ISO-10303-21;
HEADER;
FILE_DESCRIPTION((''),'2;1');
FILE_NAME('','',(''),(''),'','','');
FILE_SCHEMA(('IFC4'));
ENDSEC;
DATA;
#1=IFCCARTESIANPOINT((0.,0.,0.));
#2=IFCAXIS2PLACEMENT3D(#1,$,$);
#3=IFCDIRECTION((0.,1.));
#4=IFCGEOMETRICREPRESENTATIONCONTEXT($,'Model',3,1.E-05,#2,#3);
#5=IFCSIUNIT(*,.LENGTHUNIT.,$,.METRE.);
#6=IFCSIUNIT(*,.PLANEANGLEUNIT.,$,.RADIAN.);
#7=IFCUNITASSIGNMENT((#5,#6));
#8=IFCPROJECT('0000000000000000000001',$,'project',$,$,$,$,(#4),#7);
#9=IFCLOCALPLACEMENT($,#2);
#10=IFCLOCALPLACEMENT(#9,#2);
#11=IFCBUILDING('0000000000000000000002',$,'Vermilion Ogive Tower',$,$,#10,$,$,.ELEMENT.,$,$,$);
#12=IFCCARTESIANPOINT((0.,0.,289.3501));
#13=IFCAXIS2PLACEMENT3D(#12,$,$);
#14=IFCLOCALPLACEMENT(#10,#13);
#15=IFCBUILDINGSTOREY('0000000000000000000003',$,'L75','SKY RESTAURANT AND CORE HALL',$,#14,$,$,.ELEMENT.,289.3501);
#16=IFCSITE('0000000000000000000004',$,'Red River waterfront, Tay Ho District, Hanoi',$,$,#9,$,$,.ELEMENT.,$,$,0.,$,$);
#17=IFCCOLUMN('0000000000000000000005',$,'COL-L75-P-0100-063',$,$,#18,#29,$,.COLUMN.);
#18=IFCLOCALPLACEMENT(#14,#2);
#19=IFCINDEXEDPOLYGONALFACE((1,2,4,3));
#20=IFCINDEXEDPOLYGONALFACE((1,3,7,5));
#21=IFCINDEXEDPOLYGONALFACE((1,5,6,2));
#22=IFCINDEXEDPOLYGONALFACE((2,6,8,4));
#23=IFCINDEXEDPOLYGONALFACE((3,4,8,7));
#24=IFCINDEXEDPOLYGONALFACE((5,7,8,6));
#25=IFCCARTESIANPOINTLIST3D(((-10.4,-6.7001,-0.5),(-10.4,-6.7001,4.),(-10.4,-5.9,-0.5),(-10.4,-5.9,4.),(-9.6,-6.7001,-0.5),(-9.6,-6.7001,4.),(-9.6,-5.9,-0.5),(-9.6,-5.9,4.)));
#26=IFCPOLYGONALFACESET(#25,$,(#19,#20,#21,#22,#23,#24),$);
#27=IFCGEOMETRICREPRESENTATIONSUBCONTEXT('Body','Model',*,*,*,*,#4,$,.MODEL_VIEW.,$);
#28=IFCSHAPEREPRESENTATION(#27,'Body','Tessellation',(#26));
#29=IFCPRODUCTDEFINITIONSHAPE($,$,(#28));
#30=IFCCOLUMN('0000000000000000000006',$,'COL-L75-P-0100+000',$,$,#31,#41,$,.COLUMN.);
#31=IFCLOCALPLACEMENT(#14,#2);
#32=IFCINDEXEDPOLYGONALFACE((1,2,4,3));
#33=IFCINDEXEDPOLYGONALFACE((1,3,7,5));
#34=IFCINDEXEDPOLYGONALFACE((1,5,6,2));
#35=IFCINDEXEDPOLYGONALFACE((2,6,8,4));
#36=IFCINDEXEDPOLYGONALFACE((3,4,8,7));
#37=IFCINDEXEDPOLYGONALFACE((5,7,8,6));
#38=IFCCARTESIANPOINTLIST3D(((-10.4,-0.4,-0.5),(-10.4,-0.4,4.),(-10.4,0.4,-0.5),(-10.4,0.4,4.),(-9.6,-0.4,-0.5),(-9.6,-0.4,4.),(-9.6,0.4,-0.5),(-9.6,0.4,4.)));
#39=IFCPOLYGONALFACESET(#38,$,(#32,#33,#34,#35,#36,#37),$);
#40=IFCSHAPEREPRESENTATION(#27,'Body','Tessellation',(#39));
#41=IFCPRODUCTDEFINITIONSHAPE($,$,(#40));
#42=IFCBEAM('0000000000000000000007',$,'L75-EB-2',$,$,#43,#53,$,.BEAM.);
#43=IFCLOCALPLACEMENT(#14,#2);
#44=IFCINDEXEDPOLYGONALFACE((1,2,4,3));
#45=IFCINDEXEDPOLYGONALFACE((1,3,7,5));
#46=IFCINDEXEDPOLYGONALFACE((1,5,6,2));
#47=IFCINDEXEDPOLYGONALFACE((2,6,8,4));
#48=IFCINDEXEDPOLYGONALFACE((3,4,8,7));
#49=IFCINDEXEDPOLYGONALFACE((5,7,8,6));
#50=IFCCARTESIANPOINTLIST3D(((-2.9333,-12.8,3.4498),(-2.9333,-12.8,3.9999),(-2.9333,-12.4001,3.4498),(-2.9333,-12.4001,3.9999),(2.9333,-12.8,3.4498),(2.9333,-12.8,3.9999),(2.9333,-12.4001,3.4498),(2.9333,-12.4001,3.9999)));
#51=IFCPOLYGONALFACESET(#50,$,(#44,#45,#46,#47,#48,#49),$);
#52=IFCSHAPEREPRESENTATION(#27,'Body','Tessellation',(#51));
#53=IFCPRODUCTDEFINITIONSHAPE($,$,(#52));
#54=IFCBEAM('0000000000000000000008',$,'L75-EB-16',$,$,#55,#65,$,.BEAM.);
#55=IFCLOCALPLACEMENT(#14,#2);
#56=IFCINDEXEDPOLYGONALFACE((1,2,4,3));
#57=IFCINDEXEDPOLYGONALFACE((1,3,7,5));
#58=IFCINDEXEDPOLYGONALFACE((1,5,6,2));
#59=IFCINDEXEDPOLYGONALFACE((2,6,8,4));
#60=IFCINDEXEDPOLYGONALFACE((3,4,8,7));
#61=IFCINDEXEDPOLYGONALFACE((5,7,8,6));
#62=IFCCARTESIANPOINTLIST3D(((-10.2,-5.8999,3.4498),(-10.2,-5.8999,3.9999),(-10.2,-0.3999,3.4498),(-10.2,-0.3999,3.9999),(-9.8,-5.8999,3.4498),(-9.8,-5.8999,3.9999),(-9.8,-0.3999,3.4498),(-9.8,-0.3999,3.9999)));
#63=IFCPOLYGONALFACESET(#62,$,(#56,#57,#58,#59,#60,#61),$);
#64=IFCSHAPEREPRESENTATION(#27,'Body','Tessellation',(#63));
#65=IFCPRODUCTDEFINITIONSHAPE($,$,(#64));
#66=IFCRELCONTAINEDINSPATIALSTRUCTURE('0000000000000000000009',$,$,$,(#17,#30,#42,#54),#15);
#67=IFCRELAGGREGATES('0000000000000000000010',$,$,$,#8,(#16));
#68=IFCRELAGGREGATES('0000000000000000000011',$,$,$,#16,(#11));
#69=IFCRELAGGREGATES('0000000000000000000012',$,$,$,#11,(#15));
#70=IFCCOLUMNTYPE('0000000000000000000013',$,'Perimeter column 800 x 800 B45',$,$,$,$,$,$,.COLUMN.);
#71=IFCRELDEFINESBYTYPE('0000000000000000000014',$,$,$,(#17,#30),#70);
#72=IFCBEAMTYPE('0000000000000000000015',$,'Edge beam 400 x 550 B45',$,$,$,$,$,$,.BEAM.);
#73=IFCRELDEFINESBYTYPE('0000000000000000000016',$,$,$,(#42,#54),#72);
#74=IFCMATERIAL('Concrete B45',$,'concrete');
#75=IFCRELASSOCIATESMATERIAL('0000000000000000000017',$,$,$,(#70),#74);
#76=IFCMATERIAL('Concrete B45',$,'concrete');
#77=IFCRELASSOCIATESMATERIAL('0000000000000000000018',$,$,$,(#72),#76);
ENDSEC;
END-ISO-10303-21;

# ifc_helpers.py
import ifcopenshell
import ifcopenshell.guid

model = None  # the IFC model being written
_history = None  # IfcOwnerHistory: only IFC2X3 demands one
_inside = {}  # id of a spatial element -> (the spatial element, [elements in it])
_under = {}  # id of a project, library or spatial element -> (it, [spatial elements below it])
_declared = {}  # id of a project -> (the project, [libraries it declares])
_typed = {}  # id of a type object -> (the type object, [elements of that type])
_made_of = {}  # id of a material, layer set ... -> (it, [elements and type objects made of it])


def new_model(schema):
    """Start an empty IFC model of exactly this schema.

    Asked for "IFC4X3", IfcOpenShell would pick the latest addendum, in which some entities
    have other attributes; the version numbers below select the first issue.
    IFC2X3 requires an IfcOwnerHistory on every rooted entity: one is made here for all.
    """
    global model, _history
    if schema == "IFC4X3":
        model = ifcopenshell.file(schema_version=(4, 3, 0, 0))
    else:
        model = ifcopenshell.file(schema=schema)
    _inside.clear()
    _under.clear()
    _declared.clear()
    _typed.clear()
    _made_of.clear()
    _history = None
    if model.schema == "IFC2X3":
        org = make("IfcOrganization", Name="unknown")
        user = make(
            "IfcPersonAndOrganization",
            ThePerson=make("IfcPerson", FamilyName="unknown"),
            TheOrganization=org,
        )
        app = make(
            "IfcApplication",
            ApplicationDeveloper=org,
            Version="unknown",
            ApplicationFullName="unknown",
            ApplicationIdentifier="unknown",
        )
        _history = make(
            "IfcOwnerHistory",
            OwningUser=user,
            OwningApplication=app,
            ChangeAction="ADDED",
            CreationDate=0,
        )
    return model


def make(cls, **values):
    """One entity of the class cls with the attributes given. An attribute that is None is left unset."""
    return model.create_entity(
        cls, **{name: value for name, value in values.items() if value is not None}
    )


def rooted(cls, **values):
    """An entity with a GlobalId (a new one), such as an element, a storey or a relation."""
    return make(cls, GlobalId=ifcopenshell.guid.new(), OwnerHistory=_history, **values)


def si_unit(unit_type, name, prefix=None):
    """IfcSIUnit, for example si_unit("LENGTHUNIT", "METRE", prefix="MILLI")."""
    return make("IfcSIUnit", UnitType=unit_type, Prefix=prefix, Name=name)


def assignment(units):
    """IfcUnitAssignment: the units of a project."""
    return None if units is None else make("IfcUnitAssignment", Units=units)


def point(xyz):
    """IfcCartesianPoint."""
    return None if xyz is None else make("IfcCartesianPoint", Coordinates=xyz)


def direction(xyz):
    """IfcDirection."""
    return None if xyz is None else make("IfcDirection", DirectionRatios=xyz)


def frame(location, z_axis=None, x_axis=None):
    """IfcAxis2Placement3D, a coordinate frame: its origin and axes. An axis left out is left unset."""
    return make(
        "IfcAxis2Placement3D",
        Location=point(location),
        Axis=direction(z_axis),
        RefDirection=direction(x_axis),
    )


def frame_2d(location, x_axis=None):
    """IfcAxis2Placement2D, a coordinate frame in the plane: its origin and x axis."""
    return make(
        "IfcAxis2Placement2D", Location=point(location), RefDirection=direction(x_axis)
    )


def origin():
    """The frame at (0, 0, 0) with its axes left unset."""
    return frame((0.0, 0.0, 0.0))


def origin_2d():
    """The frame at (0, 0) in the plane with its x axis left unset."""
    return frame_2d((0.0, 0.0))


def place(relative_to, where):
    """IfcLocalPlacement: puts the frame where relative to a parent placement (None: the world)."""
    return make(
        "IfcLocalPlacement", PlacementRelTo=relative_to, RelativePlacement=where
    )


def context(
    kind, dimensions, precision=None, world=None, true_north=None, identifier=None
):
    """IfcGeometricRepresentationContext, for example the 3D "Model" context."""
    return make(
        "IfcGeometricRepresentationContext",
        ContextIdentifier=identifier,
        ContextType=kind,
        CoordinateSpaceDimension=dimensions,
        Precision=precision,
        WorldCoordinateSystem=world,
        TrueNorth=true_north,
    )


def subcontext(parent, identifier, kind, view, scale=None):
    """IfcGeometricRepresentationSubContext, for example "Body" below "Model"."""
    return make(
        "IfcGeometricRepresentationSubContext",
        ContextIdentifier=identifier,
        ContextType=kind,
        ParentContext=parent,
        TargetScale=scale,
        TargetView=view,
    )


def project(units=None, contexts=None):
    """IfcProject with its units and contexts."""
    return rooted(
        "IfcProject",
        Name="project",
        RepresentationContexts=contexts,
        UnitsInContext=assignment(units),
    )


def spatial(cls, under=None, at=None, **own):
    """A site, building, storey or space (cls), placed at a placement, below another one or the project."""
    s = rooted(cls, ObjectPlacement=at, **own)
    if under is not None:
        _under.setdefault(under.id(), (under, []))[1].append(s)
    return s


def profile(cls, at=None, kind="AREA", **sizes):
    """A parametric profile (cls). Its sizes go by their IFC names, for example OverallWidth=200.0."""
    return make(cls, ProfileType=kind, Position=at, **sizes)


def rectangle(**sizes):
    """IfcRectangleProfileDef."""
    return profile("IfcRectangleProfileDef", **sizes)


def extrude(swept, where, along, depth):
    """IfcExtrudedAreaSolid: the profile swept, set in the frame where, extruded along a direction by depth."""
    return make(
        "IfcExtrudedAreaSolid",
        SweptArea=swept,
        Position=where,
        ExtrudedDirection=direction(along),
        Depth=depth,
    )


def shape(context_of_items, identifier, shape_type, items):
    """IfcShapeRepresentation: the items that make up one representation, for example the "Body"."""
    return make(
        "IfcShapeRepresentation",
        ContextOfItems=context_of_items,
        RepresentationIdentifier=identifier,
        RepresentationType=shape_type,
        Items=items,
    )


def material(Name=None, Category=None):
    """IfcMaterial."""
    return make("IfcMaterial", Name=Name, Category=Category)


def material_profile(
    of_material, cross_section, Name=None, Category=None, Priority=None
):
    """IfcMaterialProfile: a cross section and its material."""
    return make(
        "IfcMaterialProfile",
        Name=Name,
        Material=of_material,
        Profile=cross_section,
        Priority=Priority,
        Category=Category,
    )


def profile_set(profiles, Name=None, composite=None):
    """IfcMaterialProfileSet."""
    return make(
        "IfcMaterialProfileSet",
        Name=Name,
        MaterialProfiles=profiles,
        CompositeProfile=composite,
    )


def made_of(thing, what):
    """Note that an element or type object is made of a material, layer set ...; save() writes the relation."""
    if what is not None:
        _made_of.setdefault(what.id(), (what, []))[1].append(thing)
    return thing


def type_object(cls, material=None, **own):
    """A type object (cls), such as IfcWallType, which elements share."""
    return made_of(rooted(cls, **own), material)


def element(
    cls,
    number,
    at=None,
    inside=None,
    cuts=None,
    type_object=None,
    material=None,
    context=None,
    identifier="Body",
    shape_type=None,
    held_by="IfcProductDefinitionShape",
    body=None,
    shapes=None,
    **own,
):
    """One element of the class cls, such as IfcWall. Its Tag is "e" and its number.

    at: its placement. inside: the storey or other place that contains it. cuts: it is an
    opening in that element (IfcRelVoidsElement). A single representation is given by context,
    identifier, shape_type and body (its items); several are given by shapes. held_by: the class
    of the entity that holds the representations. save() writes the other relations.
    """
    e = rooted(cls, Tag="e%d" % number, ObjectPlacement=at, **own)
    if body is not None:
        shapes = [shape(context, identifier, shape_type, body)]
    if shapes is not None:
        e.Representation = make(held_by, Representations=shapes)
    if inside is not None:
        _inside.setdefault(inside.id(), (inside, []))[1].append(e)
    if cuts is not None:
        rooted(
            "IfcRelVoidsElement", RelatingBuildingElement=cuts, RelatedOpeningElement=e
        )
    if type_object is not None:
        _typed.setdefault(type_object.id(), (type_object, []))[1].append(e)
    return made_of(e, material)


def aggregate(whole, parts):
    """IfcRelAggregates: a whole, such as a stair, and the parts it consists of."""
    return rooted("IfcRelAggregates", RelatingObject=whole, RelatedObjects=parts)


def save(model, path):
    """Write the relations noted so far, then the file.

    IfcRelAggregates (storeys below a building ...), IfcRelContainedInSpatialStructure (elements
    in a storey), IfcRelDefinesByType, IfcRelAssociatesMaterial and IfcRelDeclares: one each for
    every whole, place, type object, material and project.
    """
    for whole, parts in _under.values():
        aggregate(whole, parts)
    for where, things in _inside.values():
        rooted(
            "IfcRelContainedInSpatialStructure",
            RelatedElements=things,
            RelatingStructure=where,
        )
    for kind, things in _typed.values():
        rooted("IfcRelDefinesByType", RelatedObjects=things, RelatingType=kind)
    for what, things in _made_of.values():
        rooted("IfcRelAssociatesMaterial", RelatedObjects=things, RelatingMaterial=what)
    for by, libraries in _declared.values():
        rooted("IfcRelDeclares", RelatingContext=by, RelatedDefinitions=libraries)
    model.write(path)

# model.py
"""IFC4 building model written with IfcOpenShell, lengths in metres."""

from ifc_helpers import new_model, si_unit, direction, frame, origin, origin_2d, place, context, subcontext, project, spatial, rectangle, extrude, material, material_profile, profile_set, type_object, element, save


model = new_model("IFC4")

# Units and contexts
model_context = context("Model", 3, precision=1e-05, world=origin(), true_north=direction((0.0, 1.0)))
body_context = subcontext(model_context, "Body", "Model", "MODEL_VIEW")
ifc_project = project(units=[si_unit("LENGTHUNIT", "METRE"), si_unit("PLANEANGLEUNIT", "RADIAN")], contexts=[model_context])

# Site, building, storey
site_placement = place(None, origin())
site = spatial("IfcSite", under=ifc_project, at=site_placement, Name="Red River waterfront, Tay Ho District, Hanoi", CompositionType="ELEMENT", RefElevation=0.0)
building_placement = place(site_placement, origin())
building = spatial("IfcBuilding", under=site, at=building_placement, Name="Vermilion Ogive Tower", CompositionType="ELEMENT")
storey_placement = place(building_placement, frame((0.0, 0.0, 289.3501)))
storey = spatial("IfcBuildingStorey", under=building, at=storey_placement, Name="L75", Description="SKY RESTAURANT AND CORE HALL", CompositionType="ELEMENT", Elevation=289.3501)

# Columns
ifc_material_1 = material(Name="Concrete B45", Category="concrete")
ifc_material_profile_1 = material_profile(ifc_material_1, rectangle(XDim=0.8, YDim=0.8, at=origin_2d()), Name="800 x 800")
ifc_profile_set_1 = profile_set([ifc_material_profile_1], Name="Concrete B45")
column_type = type_object("IfcColumnType", Name="Perimeter column 800 x 800 B45", PredefinedType="COLUMN", material=ifc_profile_set_1)
for number, where, z_axis, x_axis, name in (
    (1, (-10.0, -6.3, -0.5), (0.0, 0.0, 1.0), (1.0, 0.0, 0.0), "COL-L75-P-0100-063"),
    (2, (-10.0, 0.0, -0.5), (0.0, 0.0, 1.0), (1.0, 0.0, 0.0), "COL-L75-P-0100+000"),
):
    element("IfcColumn", number, at=place(storey_placement, frame(where, z_axis=z_axis, x_axis=x_axis)), inside=storey, type_object=column_type, Name=name, PredefinedType="COLUMN", context=body_context, shape_type="SweptSolid", body=[
        extrude(rectangle(XDim=0.8, YDim=0.8, at=origin_2d()), origin(), (0.0, 0.0, 1.0), 4.5),
    ])

# Beams
ifc_material_2 = material(Name="Concrete B45", Category="concrete")
ifc_material_profile_2 = material_profile(ifc_material_2, rectangle(XDim=0.3999, YDim=0.55, at=origin_2d()), Name="400 x 550")
ifc_profile_set_2 = profile_set([ifc_material_profile_2], Name="Concrete B45")
beam_type = type_object("IfcBeamType", Name="Edge beam 400 x 550 B45", PredefinedType="BEAM", material=ifc_profile_set_2)
beam_1_placement = place(storey_placement, frame((-2.9333, -12.6001, 3.7249), z_axis=(1.0, 0.0, 0.0), x_axis=(0.0, 1.0, 0.0)))
element("IfcBeam", 3, at=beam_1_placement, inside=storey, type_object=beam_type, Name="L75-EB-2", PredefinedType="BEAM", context=body_context, shape_type="SweptSolid", body=[
    extrude(rectangle(XDim=0.3999, YDim=0.55, at=origin_2d()), origin(), (0.0, 0.0, 1.0), 5.8667),
])
beam_2_placement = place(storey_placement, frame((-10.0, -0.3999, 3.7249), z_axis=(0.0, -1.0, 0.0), x_axis=(1.0, 0.0, 0.0)))
element("IfcBeam", 4, at=beam_2_placement, inside=storey, type_object=beam_type, Name="L75-EB-16", PredefinedType="BEAM", context=body_context, shape_type="SweptSolid", body=[
    extrude(rectangle(XDim=0.3999, YDim=0.55, at=origin_2d()), origin(), (0.0, 0.0, 1.0), 5.5),
])

save(model, "model.ifc")
